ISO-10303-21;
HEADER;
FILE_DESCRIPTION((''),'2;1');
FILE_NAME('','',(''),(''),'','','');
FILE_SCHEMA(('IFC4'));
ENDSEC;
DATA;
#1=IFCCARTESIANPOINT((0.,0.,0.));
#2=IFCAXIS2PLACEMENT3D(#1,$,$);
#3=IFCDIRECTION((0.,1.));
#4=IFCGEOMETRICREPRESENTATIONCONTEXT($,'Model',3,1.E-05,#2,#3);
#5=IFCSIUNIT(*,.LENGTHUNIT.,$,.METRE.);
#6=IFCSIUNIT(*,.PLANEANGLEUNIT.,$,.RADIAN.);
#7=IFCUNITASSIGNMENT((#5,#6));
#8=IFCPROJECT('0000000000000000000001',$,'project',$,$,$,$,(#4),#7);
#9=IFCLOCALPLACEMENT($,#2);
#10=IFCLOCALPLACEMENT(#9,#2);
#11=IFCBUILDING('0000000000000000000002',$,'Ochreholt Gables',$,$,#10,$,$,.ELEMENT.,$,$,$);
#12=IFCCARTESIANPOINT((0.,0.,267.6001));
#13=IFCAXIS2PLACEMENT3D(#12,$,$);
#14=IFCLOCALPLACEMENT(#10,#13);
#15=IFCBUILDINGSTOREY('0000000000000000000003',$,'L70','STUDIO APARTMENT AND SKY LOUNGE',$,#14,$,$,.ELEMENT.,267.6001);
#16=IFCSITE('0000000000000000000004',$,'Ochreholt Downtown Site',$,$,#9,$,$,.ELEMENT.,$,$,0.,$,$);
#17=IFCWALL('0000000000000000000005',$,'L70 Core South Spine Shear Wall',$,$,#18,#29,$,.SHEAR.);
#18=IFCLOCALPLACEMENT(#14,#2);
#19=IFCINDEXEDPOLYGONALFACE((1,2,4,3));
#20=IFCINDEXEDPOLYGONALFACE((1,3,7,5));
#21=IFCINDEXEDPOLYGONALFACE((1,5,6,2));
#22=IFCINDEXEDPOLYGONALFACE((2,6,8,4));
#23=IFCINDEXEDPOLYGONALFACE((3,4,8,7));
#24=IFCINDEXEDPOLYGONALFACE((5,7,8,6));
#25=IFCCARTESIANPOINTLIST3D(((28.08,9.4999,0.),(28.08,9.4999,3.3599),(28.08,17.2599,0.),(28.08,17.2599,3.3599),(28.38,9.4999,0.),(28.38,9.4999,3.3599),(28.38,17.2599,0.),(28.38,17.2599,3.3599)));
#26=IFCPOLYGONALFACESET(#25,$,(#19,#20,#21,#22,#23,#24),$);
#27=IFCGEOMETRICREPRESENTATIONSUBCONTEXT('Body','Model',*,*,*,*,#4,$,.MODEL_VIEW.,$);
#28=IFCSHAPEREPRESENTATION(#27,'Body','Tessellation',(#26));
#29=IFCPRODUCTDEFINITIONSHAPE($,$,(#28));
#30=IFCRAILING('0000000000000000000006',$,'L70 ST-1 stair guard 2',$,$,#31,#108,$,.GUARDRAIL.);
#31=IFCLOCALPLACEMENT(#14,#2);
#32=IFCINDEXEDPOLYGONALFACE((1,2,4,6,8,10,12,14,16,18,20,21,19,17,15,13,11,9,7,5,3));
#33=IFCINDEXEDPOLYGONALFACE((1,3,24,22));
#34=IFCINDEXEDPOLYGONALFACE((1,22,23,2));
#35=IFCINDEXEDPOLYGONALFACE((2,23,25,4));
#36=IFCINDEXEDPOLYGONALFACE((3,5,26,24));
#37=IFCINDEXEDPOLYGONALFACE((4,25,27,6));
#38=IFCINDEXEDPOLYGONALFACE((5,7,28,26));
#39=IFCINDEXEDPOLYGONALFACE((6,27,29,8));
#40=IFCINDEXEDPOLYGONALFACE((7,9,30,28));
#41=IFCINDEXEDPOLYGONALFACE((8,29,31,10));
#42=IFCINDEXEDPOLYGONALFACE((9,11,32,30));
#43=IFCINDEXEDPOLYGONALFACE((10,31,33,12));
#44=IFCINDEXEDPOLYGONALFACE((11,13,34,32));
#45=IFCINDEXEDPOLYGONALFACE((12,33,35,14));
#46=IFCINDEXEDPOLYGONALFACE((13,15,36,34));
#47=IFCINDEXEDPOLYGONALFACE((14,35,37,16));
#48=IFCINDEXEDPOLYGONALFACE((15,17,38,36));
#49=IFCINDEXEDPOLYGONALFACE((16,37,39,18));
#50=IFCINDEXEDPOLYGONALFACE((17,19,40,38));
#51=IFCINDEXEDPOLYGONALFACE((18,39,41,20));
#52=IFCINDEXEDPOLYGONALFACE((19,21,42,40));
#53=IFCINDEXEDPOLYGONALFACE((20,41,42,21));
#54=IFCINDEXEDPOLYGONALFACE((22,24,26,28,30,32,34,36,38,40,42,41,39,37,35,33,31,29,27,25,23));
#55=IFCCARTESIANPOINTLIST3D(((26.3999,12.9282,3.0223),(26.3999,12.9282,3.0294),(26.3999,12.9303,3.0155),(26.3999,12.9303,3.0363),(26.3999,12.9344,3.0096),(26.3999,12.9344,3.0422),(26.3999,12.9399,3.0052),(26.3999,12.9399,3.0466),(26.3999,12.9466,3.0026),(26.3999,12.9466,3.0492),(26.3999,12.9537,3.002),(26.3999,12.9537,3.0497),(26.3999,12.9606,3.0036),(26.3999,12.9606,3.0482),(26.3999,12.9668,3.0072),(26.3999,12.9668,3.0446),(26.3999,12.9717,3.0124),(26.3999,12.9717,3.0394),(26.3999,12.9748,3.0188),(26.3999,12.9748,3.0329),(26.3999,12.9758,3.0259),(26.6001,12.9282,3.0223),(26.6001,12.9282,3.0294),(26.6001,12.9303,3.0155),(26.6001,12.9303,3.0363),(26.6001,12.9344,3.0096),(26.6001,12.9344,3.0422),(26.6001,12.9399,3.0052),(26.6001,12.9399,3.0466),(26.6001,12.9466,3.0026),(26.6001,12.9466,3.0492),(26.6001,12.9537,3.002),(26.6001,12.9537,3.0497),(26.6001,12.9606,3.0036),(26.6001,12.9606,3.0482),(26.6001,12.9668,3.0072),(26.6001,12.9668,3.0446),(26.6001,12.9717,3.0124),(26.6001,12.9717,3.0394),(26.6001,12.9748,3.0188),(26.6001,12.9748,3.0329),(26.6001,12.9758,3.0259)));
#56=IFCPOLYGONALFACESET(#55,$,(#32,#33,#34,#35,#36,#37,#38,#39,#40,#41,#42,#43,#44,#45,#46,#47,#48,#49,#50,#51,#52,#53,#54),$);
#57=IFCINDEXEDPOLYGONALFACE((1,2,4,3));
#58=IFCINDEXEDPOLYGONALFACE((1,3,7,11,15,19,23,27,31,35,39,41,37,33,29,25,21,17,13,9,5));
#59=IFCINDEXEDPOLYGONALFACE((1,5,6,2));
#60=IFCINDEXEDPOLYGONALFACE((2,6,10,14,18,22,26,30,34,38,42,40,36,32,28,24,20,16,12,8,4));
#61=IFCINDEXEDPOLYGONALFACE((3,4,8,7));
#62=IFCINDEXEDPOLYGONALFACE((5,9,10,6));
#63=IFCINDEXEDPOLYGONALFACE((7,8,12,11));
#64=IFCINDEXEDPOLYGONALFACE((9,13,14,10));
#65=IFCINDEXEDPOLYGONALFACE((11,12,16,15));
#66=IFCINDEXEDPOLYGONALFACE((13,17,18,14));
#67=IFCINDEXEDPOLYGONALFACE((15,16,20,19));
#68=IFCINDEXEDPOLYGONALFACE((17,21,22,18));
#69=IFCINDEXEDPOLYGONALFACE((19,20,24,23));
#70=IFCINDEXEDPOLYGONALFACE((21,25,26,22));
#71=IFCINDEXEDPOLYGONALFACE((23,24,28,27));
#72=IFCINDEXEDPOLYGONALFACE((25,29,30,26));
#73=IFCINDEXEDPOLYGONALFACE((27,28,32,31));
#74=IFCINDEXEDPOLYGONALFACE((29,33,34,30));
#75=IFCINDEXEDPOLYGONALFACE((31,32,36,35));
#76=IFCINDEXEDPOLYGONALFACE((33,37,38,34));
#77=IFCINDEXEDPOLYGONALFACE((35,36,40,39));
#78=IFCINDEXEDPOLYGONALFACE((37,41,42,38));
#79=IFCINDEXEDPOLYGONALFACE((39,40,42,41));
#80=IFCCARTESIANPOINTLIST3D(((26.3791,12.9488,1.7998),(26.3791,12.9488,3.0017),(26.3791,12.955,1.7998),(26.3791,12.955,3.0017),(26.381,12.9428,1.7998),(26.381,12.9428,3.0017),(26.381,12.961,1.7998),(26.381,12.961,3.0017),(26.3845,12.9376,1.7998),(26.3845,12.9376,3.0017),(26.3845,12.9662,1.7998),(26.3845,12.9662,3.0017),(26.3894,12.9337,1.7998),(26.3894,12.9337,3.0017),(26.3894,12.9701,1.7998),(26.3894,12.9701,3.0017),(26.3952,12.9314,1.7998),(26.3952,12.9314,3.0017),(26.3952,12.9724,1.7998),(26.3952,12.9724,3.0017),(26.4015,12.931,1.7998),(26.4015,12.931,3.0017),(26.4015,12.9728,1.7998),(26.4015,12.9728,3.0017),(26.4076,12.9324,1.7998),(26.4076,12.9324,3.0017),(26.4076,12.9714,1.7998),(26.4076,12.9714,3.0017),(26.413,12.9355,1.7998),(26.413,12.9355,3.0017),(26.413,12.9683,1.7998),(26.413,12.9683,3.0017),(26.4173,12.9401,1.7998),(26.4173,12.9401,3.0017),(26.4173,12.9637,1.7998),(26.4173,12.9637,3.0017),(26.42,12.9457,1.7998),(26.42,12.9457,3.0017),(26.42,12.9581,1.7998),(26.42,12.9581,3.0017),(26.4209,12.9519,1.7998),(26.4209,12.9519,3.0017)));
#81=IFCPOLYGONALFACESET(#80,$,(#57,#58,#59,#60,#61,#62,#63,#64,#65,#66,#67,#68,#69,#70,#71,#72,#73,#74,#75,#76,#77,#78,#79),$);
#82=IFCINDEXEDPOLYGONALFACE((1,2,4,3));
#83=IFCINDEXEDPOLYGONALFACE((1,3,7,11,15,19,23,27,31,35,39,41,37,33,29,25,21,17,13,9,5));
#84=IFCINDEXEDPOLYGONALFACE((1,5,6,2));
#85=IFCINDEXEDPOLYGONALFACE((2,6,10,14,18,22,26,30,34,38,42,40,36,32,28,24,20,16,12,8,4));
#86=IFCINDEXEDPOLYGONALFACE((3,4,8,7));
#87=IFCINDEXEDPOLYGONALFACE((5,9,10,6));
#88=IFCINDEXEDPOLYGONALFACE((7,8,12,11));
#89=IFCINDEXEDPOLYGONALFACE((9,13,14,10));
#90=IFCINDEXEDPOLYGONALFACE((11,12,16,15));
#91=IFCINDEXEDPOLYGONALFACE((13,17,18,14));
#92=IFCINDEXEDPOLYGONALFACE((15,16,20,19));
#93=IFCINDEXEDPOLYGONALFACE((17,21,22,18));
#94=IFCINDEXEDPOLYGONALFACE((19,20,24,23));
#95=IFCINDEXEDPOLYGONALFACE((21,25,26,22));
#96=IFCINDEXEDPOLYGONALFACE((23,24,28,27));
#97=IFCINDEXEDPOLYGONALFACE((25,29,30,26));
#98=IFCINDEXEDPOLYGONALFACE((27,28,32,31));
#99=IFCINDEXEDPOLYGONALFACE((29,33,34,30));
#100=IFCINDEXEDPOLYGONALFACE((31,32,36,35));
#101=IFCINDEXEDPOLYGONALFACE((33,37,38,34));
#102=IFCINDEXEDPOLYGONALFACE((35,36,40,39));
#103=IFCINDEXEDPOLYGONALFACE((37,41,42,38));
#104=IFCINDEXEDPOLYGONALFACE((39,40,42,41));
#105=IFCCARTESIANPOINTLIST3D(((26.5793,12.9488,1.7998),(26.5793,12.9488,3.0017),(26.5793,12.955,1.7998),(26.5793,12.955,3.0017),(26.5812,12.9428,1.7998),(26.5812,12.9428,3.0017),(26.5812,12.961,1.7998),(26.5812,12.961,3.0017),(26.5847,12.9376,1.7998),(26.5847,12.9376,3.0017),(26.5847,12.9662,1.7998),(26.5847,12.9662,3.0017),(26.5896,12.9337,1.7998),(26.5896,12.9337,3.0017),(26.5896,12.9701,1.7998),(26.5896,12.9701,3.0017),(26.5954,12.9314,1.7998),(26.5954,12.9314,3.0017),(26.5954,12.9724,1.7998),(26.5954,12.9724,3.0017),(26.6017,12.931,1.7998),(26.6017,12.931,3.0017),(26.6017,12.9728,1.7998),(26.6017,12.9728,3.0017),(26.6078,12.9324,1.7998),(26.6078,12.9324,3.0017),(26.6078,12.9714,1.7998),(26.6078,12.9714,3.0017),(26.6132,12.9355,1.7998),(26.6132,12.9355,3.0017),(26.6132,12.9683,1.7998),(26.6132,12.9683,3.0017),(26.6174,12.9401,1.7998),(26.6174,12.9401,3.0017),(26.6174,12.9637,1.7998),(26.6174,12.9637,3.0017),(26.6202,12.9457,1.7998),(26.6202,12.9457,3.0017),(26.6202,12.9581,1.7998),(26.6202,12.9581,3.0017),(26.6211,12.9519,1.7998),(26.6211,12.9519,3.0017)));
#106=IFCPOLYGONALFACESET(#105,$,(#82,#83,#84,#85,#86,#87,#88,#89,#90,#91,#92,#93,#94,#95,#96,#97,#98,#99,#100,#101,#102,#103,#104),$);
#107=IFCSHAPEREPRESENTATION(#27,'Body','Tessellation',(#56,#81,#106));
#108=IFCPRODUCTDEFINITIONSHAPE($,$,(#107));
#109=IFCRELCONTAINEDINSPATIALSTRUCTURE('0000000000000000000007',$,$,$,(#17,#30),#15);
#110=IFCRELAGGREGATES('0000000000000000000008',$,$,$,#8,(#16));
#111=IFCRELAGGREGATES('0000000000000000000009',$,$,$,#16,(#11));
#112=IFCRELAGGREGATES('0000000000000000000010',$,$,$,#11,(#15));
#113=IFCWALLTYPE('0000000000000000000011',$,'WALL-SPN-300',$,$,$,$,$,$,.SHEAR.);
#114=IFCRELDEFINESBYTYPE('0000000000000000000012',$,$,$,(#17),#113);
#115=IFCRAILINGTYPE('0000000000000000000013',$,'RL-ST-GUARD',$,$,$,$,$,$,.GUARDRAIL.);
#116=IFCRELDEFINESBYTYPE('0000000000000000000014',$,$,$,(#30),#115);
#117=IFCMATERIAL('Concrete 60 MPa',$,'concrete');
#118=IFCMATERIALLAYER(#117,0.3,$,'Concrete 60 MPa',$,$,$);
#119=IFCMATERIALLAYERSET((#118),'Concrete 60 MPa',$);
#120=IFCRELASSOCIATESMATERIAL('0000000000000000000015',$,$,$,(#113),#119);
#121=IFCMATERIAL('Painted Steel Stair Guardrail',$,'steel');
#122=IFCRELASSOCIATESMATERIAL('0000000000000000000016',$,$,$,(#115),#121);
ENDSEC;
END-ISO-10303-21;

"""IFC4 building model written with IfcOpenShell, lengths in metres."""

from ifc_helpers import new_model, si_unit, direction, frame, frame_2d, origin, origin_2d, place, context, subcontext, project, spatial, rectangle, circle, extrude, material, layer, layer_set, type_object, element, save


model = new_model("IFC4")

# Units and contexts
model_context = context("Model", 3, precision=1e-05, world=origin(), true_north=direction((0.0, 1.0)))
body_context = subcontext(model_context, "Body", "Model", "MODEL_VIEW")
ifc_project = project(units=[si_unit("LENGTHUNIT", "METRE"), si_unit("PLANEANGLEUNIT", "RADIAN")], contexts=[model_context])

# Site, building, storey
site_placement = place(None, origin())
site = spatial("IfcSite", under=ifc_project, at=site_placement, Name="Ochreholt Downtown Site", CompositionType="ELEMENT", RefElevation=0.0)
building_placement = place(site_placement, origin())
building = spatial("IfcBuilding", under=site, at=building_placement, Name="Ochreholt Gables", CompositionType="ELEMENT")
storey_placement = place(building_placement, frame((0.0, 0.0, 267.6001)))
storey = spatial("IfcBuildingStorey", under=building, at=storey_placement, Name="L70", Description="STUDIO APARTMENT AND SKY LOUNGE", CompositionType="ELEMENT", Elevation=267.6001)

# Wall
ifc_material_1 = material(Name="Concrete 60 MPa", Category="concrete")
ifc_layer_1 = layer(ifc_material_1, 0.3, Name="Concrete 60 MPa")
ifc_layer_set_1 = layer_set([ifc_layer_1], Name="Concrete 60 MPa")
wall_type_1 = type_object("IfcWallType", Name="WALL-SPN-300", PredefinedType="SHEAR", material=ifc_layer_set_1)
wall_1_placement = place(storey_placement, frame((28.23, 9.5, 0.0), z_axis=(0.0, 0.0, 1.0), x_axis=(0.0, 1.0, 0.0)))
element("IfcWall", 1, at=wall_1_placement, inside=storey, type_object=wall_type_1, Name="L70 Core South Spine Shear Wall", PredefinedType="SHEAR", context=body_context, shape_type="SweptSolid", body=[
    extrude(rectangle(XDim=7.76, YDim=0.3, at=frame_2d((3.8799, 0.0))), origin(), (0.0, 0.0, 1.0), 3.3599),
])

# Railing
ifc_material_2 = material(Name="Painted Steel Stair Guardrail", Category="steel")
railing_type = type_object("IfcRailingType", Name="RL-ST-GUARD", PredefinedType="GUARDRAIL", material=ifc_material_2)
railing_1_placement = place(storey_placement, frame((26.3999, 12.9519, 1.7998)))
element("IfcRailing", 2, at=railing_1_placement, inside=storey, type_object=railing_type, Name="L70 ST-1 stair guard 2", PredefinedType="GUARDRAIL", context=body_context, shape_type="SweptSolid", body=[
    extrude(circle(Radius=0.0239, at=origin_2d()), frame((0.0, 0.0, 1.2261), z_axis=(1.0, 0.0, 0.0), x_axis=(0.0, 1.0, 0.0)), (0.0, 0.0, 1.0), 0.2002),
    extrude(circle(Radius=0.021, at=origin_2d()), origin(), (0.0, 0.0, 1.0), 1.2019),
    extrude(circle(Radius=0.021, at=origin_2d()), frame((0.2002, 0.0, 0.0)), (0.0, 0.0, 1.0), 1.2019),
])

save(model, "model.ifc")
